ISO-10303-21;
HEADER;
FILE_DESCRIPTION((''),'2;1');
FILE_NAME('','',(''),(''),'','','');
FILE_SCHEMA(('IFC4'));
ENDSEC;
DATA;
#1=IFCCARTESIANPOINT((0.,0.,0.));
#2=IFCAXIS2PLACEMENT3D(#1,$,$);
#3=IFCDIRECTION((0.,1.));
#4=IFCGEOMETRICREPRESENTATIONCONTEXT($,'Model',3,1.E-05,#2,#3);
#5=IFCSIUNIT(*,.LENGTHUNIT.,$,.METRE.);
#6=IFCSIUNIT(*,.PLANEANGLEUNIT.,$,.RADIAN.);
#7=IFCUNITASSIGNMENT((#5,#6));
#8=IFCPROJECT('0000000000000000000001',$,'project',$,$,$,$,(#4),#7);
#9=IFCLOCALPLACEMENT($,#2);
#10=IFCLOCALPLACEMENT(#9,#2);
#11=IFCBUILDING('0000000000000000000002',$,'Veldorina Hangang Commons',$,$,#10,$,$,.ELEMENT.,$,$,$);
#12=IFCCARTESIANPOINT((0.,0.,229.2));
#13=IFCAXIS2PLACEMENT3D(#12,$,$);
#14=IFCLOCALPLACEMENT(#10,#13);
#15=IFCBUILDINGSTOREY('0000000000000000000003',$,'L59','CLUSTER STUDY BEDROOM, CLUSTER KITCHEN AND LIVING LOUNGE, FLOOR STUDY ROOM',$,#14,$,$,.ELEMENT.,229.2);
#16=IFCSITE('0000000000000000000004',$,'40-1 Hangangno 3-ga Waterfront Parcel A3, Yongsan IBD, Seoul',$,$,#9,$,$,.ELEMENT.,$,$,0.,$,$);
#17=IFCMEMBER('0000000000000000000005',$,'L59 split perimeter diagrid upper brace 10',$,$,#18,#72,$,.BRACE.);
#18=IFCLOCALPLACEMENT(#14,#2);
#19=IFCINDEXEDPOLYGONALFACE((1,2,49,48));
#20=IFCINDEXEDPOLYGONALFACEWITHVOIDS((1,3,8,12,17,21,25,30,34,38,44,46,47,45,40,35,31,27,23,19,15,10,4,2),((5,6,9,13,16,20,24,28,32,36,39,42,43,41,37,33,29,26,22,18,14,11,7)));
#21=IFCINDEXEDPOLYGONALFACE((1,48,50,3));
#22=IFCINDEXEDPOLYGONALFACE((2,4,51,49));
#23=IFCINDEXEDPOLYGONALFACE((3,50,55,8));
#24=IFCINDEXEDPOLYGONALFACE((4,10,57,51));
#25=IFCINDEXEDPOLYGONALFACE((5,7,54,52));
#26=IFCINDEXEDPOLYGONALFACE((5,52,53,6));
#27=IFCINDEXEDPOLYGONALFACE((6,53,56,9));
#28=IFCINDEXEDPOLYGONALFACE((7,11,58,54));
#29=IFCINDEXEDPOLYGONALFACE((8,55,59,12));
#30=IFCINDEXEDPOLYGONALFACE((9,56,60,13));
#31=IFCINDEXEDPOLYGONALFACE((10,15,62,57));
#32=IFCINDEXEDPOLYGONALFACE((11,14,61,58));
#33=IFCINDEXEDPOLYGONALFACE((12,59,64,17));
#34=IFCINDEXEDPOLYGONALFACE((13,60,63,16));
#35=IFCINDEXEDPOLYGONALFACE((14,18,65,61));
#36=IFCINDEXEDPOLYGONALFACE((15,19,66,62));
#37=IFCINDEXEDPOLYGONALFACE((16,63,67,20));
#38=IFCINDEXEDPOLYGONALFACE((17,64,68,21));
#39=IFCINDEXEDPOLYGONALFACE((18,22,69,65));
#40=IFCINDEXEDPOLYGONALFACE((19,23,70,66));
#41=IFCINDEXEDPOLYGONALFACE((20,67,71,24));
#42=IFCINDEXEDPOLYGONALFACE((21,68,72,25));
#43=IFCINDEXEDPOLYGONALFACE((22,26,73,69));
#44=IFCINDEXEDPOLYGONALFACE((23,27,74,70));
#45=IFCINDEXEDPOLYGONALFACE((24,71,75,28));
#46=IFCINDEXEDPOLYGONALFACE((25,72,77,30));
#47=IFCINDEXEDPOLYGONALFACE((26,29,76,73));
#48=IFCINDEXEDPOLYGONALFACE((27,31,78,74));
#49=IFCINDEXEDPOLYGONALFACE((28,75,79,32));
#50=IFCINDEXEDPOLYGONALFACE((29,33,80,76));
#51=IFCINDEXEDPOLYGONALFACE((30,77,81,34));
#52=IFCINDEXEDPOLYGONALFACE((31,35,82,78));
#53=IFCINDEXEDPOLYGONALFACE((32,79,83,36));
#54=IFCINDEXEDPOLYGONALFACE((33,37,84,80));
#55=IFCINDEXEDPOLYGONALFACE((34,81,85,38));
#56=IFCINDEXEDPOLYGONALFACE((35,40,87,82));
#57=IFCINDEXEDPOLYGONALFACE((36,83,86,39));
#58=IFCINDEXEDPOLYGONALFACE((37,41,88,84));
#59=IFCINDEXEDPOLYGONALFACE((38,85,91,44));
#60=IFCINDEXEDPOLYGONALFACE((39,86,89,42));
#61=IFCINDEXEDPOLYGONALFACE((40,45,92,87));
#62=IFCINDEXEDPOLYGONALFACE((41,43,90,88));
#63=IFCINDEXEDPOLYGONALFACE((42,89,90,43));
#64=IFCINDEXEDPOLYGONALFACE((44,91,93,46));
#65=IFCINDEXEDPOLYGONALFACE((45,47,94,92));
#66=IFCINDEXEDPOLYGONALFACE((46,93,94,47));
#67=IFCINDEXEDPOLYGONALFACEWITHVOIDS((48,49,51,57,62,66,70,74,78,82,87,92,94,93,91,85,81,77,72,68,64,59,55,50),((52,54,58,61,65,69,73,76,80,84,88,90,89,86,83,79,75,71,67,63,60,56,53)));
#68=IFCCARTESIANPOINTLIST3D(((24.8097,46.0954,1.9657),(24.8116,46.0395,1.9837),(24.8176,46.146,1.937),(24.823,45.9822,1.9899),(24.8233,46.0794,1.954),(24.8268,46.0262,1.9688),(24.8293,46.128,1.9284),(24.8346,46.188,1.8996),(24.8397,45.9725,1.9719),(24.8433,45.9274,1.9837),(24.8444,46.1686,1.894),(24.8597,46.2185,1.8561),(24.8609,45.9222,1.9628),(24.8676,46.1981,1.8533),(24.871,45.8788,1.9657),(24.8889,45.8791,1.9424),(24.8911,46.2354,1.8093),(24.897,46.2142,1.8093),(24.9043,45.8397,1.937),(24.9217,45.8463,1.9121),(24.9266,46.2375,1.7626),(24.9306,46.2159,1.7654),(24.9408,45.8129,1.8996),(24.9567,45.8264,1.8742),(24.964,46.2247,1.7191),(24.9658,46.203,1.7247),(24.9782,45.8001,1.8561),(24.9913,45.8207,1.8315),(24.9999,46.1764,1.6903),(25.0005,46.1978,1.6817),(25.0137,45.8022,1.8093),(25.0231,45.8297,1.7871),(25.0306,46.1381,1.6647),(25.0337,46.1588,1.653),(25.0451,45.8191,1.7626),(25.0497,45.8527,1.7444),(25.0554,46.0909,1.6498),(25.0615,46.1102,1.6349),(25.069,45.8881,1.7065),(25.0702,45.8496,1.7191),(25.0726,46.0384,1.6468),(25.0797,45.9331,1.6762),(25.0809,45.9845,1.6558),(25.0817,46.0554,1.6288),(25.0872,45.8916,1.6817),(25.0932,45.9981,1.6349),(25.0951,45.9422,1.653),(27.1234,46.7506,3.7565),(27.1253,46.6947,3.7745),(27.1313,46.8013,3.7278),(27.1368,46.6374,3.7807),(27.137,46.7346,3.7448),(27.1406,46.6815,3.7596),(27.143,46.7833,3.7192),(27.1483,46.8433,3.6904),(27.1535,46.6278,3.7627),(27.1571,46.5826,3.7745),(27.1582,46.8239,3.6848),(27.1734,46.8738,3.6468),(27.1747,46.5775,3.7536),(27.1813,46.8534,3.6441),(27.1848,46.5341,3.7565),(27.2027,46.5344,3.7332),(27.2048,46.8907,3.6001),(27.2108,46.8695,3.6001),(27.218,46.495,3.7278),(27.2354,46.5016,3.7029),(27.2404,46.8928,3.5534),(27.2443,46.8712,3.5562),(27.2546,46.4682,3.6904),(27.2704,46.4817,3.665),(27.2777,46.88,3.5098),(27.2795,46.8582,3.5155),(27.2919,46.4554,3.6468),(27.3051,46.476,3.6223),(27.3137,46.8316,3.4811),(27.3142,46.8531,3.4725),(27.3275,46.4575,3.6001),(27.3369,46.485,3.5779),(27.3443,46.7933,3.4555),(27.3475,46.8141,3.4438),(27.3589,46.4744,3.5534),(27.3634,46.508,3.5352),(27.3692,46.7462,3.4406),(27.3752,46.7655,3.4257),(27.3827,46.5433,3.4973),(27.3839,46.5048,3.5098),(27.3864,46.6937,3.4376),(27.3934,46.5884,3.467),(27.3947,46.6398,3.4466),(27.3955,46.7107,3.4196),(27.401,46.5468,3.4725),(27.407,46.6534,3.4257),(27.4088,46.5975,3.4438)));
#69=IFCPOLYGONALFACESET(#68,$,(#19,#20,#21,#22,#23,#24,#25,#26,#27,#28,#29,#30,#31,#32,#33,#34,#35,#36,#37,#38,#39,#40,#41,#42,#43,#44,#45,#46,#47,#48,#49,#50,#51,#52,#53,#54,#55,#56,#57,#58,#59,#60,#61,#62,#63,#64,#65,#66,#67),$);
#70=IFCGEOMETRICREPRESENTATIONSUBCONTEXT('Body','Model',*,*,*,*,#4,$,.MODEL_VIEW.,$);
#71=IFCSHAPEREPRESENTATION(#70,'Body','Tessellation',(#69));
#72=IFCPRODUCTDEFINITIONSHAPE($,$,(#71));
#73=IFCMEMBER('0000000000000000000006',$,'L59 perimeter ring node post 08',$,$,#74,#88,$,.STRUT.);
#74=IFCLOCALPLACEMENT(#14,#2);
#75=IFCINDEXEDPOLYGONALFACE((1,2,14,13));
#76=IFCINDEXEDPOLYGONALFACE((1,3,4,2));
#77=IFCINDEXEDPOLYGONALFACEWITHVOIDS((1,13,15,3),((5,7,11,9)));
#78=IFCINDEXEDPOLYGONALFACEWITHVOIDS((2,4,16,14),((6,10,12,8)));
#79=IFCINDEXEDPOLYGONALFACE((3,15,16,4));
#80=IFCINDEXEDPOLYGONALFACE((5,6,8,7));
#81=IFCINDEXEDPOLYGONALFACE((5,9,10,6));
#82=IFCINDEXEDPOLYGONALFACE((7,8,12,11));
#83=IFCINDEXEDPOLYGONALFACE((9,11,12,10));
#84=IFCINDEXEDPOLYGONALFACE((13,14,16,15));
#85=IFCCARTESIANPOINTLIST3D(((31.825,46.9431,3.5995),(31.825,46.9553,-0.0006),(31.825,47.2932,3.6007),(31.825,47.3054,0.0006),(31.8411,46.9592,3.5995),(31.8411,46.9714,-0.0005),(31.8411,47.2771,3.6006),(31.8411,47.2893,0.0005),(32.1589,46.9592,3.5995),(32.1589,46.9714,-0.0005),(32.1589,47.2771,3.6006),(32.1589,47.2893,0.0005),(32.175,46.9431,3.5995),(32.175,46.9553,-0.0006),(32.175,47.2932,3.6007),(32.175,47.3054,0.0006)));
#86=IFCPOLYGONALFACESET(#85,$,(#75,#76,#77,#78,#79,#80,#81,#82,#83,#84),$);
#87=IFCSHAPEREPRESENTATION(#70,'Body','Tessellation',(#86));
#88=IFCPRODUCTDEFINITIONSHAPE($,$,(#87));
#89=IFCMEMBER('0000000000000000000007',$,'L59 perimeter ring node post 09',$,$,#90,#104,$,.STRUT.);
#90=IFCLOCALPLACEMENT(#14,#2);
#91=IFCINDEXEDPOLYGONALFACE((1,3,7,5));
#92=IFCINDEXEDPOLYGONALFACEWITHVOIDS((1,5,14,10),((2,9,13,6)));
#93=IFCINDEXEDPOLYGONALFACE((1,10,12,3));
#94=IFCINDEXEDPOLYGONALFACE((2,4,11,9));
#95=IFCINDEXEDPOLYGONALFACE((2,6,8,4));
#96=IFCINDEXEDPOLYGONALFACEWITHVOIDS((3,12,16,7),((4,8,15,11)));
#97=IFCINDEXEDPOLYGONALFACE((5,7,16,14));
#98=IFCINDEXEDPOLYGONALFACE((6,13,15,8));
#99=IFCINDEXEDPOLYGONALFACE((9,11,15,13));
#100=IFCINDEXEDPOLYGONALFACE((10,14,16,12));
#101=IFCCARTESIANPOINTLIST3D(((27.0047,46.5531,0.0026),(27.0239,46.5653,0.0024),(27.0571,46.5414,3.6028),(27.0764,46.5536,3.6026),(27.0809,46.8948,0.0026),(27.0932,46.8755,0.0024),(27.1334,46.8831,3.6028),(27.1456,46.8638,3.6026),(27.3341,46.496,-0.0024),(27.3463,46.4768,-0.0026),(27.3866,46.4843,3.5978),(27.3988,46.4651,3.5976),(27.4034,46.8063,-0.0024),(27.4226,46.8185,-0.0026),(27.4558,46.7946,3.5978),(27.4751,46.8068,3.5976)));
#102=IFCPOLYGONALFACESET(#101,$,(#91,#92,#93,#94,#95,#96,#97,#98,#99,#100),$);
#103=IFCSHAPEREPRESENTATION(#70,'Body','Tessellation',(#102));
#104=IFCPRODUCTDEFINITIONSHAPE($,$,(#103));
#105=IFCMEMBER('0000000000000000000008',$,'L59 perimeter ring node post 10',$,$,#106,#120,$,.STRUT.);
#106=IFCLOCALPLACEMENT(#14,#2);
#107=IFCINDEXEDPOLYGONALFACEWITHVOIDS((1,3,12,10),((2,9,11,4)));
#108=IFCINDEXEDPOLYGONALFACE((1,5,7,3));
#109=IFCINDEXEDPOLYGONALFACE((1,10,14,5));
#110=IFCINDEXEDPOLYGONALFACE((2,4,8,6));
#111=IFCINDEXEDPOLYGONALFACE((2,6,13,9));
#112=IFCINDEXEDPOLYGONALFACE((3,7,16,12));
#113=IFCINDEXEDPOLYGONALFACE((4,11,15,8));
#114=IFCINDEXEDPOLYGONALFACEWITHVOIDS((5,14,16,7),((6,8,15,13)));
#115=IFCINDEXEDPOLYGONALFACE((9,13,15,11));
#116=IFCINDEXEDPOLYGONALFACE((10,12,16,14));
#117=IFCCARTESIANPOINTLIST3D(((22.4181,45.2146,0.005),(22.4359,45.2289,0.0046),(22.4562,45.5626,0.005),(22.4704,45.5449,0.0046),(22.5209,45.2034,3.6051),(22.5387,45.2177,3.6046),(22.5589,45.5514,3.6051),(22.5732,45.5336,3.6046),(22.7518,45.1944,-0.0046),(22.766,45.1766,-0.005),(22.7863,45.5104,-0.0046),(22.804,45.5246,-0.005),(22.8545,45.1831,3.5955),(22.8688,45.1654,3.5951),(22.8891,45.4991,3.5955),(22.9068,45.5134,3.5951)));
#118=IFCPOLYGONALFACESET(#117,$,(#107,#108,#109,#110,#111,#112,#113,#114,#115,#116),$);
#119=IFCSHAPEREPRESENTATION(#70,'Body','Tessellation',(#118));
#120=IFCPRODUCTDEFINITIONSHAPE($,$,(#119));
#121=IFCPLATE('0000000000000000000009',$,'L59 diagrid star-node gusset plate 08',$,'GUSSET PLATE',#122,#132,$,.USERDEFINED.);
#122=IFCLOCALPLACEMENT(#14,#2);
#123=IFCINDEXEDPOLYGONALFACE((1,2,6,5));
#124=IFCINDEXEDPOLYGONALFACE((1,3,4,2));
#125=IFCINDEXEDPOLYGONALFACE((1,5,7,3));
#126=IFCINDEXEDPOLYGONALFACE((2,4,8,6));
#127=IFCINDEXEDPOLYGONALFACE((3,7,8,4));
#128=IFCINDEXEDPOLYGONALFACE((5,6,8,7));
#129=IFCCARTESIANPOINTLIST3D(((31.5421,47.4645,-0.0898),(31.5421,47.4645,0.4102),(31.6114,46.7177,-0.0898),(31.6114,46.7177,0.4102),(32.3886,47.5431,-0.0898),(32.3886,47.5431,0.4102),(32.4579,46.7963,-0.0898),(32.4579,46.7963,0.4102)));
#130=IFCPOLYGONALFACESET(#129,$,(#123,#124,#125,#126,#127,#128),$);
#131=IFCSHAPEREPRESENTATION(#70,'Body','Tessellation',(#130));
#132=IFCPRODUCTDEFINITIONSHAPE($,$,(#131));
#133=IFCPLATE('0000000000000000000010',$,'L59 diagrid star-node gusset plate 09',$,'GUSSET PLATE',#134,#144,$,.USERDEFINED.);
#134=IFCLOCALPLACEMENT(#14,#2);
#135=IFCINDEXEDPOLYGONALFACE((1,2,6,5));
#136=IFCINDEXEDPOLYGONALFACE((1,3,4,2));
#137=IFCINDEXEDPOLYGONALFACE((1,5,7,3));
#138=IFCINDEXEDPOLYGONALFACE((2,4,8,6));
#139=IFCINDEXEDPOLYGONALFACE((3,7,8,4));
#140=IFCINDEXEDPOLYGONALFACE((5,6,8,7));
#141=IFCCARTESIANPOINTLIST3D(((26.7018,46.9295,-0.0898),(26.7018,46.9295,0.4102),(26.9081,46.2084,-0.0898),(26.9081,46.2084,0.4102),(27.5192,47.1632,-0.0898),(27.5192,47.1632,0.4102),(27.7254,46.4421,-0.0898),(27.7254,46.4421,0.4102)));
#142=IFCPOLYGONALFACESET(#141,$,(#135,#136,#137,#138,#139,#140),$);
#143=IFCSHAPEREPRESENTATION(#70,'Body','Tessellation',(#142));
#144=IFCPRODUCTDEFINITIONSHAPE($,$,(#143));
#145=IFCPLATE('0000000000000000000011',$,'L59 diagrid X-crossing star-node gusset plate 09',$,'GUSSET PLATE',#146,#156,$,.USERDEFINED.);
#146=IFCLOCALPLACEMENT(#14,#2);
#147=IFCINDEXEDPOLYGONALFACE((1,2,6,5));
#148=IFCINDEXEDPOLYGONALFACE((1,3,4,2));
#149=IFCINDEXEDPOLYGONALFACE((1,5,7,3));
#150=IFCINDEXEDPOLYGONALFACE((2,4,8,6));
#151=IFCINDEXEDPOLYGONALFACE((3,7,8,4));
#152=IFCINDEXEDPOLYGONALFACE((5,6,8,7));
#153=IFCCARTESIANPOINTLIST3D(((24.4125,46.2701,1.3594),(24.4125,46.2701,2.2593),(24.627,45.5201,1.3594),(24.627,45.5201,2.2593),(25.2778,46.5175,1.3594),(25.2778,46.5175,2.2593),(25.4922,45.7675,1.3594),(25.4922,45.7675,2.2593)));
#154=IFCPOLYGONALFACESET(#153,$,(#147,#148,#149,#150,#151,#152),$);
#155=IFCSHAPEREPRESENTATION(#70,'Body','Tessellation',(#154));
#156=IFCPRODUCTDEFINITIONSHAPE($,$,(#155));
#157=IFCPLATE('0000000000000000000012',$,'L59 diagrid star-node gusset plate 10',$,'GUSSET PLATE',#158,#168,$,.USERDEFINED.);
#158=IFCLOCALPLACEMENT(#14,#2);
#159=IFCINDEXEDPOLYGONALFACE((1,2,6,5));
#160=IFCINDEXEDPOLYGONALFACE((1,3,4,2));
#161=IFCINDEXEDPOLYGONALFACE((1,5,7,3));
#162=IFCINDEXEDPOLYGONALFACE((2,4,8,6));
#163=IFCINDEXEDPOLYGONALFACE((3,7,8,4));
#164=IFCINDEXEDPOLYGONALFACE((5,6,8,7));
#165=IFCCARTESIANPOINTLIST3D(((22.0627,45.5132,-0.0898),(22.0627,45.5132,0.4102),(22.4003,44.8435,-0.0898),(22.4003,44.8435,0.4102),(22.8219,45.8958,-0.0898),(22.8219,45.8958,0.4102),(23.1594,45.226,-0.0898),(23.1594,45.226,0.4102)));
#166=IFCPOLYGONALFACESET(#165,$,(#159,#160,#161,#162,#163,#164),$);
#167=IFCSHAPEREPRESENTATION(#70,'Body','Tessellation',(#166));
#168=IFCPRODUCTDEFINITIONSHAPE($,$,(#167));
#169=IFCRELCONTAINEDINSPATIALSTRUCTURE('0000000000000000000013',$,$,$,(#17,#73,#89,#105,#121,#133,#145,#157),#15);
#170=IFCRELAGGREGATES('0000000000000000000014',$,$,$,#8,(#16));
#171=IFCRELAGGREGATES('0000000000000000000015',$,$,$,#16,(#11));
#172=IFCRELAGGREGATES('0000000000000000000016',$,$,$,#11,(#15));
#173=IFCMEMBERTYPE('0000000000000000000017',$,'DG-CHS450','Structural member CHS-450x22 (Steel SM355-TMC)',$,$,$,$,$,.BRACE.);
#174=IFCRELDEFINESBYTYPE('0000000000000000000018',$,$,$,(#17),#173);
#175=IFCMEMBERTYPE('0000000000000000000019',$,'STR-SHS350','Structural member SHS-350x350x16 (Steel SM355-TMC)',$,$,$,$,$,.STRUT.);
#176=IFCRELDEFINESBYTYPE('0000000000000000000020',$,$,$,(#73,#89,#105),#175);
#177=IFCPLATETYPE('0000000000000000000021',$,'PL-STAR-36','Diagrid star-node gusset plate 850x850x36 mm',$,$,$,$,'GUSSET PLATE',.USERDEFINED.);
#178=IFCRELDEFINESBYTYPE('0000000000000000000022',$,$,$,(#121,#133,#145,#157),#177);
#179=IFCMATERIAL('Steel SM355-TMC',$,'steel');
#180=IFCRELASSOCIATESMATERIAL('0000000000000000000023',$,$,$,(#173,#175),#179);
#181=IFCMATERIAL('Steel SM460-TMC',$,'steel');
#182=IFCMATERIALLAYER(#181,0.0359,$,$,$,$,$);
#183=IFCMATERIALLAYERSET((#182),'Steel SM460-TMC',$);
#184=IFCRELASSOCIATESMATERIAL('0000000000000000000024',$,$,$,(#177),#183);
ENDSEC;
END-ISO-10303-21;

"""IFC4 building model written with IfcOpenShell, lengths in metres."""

from ifc_helpers import new_model, si_unit, direction, frame, origin, origin_2d, place, context, subcontext, project, spatial, rectangle, hollow_rectangle, hollow_circle, extrude, material, layer, layer_set, material_profile, profile_set, type_object, element, save


model = new_model("IFC4")

# Units and contexts
model_context = context("Model", 3, precision=1e-05, world=origin(), true_north=direction((0.0, 1.0)))
body_context = subcontext(model_context, "Body", "Model", "MODEL_VIEW")
ifc_project = project(units=[si_unit("LENGTHUNIT", "METRE"), si_unit("PLANEANGLEUNIT", "RADIAN")], contexts=[model_context])

# Site, building, storey
site_placement = place(None, origin())
site = spatial("IfcSite", under=ifc_project, at=site_placement, Name="40-1 Hangangno 3-ga Waterfront Parcel A3, Yongsan IBD, Seoul", CompositionType="ELEMENT", RefElevation=0.0)
building_placement = place(site_placement, origin())
building = spatial("IfcBuilding", under=site, at=building_placement, Name="Veldorina Hangang Commons", CompositionType="ELEMENT")
storey_placement = place(building_placement, frame((0.0, 0.0, 229.2)))
storey = spatial("IfcBuildingStorey", under=building, at=storey_placement, Name="L59", Description="CLUSTER STUDY BEDROOM, CLUSTER KITCHEN AND LIVING LOUNGE, FLOOR STUDY ROOM", CompositionType="ELEMENT", Elevation=229.2)

# Shared definitions
ifc_material_1 = material(Name="Steel SM355-TMC", Category="steel")

# Members
ifc_material_profile_1 = material_profile(ifc_material_1, hollow_circle(Radius=0.2251, WallThickness=0.022, at=origin_2d()), Name="CHS-450x22")
ifc_profile_set_1 = profile_set([ifc_material_profile_1], Name="Steel SM355-TMC")
member_type_1 = type_object("IfcMemberType", Name="DG-CHS450", Description="Structural member CHS-450x22 (Steel SM355-TMC)", PredefinedType="BRACE", material=ifc_profile_set_1)
member_1_placement = place(storey_placement, frame((24.9524, 46.0188, 1.8093), z_axis=(0.771688, 0.218551, 0.597271), x_axis=(-0.272494, 0.962157, 0.0)))
element("IfcMember", 1, at=member_1_placement, inside=storey, type_object=member_type_1, Name="L59 split perimeter diagrid upper brace 10", PredefinedType="BRACE", context=body_context, shape_type="SweptSolid", body=[
    extrude(hollow_circle(Radius=0.2251, WallThickness=0.022, at=origin_2d()), origin(), (0.0, 0.0, 1.0), 2.9983),
])
ifc_material_profile_2 = material_profile(ifc_material_1, hollow_rectangle(XDim=0.3501, YDim=0.3501, WallThickness=0.0161, at=origin_2d()), Name="SHS-350x350x16")
ifc_profile_set_2 = profile_set([ifc_material_profile_2], Name="Steel SM355-TMC")
member_type_2 = type_object("IfcMemberType", Name="STR-SHS350", Description="Structural member SHS-350x350x16 (Steel SM355-TMC)", PredefinedType="STRUT", material=ifc_profile_set_2)
member_2_placement = place(storey_placement, frame((32.0, 47.1304, 0.0), z_axis=(0.0, -0.003391, 0.999994), x_axis=(1.0, 0.0, 0.0)))
element("IfcMember", 2, at=member_2_placement, inside=storey, type_object=member_type_2, Name="L59 perimeter ring node post 08", PredefinedType="STRUT", context=body_context, shape_type="SweptSolid", body=[
    extrude(hollow_rectangle(XDim=0.3501, YDim=0.3501, WallThickness=0.0161, at=origin_2d()), origin(), (0.0, 0.0, 1.0), 3.6001),
])
member_3_placement = place(storey_placement, frame((27.2136, 46.6858, 0.0), z_axis=(0.014579, -0.003255, 0.999888), x_axis=(0.217892, 0.975973, 0.0)))
element("IfcMember", 3, at=member_3_placement, inside=storey, type_object=member_type_2, Name="L59 perimeter ring node post 09", PredefinedType="STRUT", context=body_context, shape_type="SweptSolid", body=[
    extrude(hollow_rectangle(XDim=0.3501, YDim=0.3501, WallThickness=0.0161, at=origin_2d()), origin(), (0.0, 0.0, 1.0), 3.6006),
])
member_4_placement = place(storey_placement, frame((22.6111, 45.3696, 0.0), z_axis=(0.028538, -0.003118, 0.999588), x_axis=(0.108617, 0.994084, 0.0)))
element("IfcMember", 4, at=member_4_placement, inside=storey, type_object=member_type_2, Name="L59 perimeter ring node post 10", PredefinedType="STRUT", context=body_context, shape_type="SweptSolid", body=[
    extrude(hollow_rectangle(XDim=0.3501, YDim=0.3501, WallThickness=0.0161, at=origin_2d()), origin(), (0.0, 0.0, 1.0), 3.6016),
])

# Plates
ifc_material_2 = material(Name="Steel SM460-TMC", Category="steel")
ifc_layer_1 = layer(ifc_material_2, 0.0359)
ifc_layer_set_1 = layer_set([ifc_layer_1], Name="Steel SM460-TMC")
plate_type = type_object("IfcPlateType", Name="PL-STAR-36", Description="Diagrid star-node gusset plate 850x850x36 mm", ElementType="GUSSET PLATE", PredefinedType="USERDEFINED", material=ifc_layer_set_1)
for number, where, z_axis, x_axis, name in (
    (5, (32.0, 47.1304, -0.0898), (0.0, 0.0, 1.0), (-0.995717, -0.092457, 0.0), "L59 diagrid star-node gusset plate 08"),
    (6, (27.2136, 46.6858, -0.0898), (0.0, 0.0, 1.0), (-0.961454, -0.274966, 0.0), "L59 diagrid star-node gusset plate 09"),
):
    element("IfcPlate", number, at=place(storey_placement, frame(where, z_axis=z_axis, x_axis=x_axis)), inside=storey, type_object=plate_type, Name=name, ObjectType="GUSSET PLATE", PredefinedType="USERDEFINED", context=body_context, shape_type="SweptSolid", body=[
        extrude(rectangle(XDim=0.8501, YDim=0.75, at=origin_2d()), origin(), (0.0, 0.0, 1.0), 0.5),
    ])
plate_1_placement = place(storey_placement, frame((24.9524, 46.0188, 1.3594), z_axis=(0.0, 0.0, 1.0), x_axis=(-0.961454, -0.274966, 0.0)))
element("IfcPlate", 7, at=plate_1_placement, inside=storey, type_object=plate_type, Name="L59 diagrid X-crossing star-node gusset plate 09", ObjectType="GUSSET PLATE", PredefinedType="USERDEFINED", context=body_context, shape_type="SweptSolid", body=[
    extrude(rectangle(XDim=0.8999, YDim=0.78, at=origin_2d()), origin(), (0.0, 0.0, 1.0), 0.8999),
])
plate_2_placement = place(storey_placement, frame((22.6111, 45.3696, -0.0898), z_axis=(0.0, 0.0, 1.0), x_axis=(-0.893018, -0.450021, 0.0)))
element("IfcPlate", 8, at=plate_2_placement, inside=storey, type_object=plate_type, Name="L59 diagrid star-node gusset plate 10", ObjectType="GUSSET PLATE", PredefinedType="USERDEFINED", context=body_context, shape_type="SweptSolid", body=[
    extrude(rectangle(XDim=0.8501, YDim=0.75, at=origin_2d()), origin(), (0.0, 0.0, 1.0), 0.5),
])

save(model, "model.ifc")
